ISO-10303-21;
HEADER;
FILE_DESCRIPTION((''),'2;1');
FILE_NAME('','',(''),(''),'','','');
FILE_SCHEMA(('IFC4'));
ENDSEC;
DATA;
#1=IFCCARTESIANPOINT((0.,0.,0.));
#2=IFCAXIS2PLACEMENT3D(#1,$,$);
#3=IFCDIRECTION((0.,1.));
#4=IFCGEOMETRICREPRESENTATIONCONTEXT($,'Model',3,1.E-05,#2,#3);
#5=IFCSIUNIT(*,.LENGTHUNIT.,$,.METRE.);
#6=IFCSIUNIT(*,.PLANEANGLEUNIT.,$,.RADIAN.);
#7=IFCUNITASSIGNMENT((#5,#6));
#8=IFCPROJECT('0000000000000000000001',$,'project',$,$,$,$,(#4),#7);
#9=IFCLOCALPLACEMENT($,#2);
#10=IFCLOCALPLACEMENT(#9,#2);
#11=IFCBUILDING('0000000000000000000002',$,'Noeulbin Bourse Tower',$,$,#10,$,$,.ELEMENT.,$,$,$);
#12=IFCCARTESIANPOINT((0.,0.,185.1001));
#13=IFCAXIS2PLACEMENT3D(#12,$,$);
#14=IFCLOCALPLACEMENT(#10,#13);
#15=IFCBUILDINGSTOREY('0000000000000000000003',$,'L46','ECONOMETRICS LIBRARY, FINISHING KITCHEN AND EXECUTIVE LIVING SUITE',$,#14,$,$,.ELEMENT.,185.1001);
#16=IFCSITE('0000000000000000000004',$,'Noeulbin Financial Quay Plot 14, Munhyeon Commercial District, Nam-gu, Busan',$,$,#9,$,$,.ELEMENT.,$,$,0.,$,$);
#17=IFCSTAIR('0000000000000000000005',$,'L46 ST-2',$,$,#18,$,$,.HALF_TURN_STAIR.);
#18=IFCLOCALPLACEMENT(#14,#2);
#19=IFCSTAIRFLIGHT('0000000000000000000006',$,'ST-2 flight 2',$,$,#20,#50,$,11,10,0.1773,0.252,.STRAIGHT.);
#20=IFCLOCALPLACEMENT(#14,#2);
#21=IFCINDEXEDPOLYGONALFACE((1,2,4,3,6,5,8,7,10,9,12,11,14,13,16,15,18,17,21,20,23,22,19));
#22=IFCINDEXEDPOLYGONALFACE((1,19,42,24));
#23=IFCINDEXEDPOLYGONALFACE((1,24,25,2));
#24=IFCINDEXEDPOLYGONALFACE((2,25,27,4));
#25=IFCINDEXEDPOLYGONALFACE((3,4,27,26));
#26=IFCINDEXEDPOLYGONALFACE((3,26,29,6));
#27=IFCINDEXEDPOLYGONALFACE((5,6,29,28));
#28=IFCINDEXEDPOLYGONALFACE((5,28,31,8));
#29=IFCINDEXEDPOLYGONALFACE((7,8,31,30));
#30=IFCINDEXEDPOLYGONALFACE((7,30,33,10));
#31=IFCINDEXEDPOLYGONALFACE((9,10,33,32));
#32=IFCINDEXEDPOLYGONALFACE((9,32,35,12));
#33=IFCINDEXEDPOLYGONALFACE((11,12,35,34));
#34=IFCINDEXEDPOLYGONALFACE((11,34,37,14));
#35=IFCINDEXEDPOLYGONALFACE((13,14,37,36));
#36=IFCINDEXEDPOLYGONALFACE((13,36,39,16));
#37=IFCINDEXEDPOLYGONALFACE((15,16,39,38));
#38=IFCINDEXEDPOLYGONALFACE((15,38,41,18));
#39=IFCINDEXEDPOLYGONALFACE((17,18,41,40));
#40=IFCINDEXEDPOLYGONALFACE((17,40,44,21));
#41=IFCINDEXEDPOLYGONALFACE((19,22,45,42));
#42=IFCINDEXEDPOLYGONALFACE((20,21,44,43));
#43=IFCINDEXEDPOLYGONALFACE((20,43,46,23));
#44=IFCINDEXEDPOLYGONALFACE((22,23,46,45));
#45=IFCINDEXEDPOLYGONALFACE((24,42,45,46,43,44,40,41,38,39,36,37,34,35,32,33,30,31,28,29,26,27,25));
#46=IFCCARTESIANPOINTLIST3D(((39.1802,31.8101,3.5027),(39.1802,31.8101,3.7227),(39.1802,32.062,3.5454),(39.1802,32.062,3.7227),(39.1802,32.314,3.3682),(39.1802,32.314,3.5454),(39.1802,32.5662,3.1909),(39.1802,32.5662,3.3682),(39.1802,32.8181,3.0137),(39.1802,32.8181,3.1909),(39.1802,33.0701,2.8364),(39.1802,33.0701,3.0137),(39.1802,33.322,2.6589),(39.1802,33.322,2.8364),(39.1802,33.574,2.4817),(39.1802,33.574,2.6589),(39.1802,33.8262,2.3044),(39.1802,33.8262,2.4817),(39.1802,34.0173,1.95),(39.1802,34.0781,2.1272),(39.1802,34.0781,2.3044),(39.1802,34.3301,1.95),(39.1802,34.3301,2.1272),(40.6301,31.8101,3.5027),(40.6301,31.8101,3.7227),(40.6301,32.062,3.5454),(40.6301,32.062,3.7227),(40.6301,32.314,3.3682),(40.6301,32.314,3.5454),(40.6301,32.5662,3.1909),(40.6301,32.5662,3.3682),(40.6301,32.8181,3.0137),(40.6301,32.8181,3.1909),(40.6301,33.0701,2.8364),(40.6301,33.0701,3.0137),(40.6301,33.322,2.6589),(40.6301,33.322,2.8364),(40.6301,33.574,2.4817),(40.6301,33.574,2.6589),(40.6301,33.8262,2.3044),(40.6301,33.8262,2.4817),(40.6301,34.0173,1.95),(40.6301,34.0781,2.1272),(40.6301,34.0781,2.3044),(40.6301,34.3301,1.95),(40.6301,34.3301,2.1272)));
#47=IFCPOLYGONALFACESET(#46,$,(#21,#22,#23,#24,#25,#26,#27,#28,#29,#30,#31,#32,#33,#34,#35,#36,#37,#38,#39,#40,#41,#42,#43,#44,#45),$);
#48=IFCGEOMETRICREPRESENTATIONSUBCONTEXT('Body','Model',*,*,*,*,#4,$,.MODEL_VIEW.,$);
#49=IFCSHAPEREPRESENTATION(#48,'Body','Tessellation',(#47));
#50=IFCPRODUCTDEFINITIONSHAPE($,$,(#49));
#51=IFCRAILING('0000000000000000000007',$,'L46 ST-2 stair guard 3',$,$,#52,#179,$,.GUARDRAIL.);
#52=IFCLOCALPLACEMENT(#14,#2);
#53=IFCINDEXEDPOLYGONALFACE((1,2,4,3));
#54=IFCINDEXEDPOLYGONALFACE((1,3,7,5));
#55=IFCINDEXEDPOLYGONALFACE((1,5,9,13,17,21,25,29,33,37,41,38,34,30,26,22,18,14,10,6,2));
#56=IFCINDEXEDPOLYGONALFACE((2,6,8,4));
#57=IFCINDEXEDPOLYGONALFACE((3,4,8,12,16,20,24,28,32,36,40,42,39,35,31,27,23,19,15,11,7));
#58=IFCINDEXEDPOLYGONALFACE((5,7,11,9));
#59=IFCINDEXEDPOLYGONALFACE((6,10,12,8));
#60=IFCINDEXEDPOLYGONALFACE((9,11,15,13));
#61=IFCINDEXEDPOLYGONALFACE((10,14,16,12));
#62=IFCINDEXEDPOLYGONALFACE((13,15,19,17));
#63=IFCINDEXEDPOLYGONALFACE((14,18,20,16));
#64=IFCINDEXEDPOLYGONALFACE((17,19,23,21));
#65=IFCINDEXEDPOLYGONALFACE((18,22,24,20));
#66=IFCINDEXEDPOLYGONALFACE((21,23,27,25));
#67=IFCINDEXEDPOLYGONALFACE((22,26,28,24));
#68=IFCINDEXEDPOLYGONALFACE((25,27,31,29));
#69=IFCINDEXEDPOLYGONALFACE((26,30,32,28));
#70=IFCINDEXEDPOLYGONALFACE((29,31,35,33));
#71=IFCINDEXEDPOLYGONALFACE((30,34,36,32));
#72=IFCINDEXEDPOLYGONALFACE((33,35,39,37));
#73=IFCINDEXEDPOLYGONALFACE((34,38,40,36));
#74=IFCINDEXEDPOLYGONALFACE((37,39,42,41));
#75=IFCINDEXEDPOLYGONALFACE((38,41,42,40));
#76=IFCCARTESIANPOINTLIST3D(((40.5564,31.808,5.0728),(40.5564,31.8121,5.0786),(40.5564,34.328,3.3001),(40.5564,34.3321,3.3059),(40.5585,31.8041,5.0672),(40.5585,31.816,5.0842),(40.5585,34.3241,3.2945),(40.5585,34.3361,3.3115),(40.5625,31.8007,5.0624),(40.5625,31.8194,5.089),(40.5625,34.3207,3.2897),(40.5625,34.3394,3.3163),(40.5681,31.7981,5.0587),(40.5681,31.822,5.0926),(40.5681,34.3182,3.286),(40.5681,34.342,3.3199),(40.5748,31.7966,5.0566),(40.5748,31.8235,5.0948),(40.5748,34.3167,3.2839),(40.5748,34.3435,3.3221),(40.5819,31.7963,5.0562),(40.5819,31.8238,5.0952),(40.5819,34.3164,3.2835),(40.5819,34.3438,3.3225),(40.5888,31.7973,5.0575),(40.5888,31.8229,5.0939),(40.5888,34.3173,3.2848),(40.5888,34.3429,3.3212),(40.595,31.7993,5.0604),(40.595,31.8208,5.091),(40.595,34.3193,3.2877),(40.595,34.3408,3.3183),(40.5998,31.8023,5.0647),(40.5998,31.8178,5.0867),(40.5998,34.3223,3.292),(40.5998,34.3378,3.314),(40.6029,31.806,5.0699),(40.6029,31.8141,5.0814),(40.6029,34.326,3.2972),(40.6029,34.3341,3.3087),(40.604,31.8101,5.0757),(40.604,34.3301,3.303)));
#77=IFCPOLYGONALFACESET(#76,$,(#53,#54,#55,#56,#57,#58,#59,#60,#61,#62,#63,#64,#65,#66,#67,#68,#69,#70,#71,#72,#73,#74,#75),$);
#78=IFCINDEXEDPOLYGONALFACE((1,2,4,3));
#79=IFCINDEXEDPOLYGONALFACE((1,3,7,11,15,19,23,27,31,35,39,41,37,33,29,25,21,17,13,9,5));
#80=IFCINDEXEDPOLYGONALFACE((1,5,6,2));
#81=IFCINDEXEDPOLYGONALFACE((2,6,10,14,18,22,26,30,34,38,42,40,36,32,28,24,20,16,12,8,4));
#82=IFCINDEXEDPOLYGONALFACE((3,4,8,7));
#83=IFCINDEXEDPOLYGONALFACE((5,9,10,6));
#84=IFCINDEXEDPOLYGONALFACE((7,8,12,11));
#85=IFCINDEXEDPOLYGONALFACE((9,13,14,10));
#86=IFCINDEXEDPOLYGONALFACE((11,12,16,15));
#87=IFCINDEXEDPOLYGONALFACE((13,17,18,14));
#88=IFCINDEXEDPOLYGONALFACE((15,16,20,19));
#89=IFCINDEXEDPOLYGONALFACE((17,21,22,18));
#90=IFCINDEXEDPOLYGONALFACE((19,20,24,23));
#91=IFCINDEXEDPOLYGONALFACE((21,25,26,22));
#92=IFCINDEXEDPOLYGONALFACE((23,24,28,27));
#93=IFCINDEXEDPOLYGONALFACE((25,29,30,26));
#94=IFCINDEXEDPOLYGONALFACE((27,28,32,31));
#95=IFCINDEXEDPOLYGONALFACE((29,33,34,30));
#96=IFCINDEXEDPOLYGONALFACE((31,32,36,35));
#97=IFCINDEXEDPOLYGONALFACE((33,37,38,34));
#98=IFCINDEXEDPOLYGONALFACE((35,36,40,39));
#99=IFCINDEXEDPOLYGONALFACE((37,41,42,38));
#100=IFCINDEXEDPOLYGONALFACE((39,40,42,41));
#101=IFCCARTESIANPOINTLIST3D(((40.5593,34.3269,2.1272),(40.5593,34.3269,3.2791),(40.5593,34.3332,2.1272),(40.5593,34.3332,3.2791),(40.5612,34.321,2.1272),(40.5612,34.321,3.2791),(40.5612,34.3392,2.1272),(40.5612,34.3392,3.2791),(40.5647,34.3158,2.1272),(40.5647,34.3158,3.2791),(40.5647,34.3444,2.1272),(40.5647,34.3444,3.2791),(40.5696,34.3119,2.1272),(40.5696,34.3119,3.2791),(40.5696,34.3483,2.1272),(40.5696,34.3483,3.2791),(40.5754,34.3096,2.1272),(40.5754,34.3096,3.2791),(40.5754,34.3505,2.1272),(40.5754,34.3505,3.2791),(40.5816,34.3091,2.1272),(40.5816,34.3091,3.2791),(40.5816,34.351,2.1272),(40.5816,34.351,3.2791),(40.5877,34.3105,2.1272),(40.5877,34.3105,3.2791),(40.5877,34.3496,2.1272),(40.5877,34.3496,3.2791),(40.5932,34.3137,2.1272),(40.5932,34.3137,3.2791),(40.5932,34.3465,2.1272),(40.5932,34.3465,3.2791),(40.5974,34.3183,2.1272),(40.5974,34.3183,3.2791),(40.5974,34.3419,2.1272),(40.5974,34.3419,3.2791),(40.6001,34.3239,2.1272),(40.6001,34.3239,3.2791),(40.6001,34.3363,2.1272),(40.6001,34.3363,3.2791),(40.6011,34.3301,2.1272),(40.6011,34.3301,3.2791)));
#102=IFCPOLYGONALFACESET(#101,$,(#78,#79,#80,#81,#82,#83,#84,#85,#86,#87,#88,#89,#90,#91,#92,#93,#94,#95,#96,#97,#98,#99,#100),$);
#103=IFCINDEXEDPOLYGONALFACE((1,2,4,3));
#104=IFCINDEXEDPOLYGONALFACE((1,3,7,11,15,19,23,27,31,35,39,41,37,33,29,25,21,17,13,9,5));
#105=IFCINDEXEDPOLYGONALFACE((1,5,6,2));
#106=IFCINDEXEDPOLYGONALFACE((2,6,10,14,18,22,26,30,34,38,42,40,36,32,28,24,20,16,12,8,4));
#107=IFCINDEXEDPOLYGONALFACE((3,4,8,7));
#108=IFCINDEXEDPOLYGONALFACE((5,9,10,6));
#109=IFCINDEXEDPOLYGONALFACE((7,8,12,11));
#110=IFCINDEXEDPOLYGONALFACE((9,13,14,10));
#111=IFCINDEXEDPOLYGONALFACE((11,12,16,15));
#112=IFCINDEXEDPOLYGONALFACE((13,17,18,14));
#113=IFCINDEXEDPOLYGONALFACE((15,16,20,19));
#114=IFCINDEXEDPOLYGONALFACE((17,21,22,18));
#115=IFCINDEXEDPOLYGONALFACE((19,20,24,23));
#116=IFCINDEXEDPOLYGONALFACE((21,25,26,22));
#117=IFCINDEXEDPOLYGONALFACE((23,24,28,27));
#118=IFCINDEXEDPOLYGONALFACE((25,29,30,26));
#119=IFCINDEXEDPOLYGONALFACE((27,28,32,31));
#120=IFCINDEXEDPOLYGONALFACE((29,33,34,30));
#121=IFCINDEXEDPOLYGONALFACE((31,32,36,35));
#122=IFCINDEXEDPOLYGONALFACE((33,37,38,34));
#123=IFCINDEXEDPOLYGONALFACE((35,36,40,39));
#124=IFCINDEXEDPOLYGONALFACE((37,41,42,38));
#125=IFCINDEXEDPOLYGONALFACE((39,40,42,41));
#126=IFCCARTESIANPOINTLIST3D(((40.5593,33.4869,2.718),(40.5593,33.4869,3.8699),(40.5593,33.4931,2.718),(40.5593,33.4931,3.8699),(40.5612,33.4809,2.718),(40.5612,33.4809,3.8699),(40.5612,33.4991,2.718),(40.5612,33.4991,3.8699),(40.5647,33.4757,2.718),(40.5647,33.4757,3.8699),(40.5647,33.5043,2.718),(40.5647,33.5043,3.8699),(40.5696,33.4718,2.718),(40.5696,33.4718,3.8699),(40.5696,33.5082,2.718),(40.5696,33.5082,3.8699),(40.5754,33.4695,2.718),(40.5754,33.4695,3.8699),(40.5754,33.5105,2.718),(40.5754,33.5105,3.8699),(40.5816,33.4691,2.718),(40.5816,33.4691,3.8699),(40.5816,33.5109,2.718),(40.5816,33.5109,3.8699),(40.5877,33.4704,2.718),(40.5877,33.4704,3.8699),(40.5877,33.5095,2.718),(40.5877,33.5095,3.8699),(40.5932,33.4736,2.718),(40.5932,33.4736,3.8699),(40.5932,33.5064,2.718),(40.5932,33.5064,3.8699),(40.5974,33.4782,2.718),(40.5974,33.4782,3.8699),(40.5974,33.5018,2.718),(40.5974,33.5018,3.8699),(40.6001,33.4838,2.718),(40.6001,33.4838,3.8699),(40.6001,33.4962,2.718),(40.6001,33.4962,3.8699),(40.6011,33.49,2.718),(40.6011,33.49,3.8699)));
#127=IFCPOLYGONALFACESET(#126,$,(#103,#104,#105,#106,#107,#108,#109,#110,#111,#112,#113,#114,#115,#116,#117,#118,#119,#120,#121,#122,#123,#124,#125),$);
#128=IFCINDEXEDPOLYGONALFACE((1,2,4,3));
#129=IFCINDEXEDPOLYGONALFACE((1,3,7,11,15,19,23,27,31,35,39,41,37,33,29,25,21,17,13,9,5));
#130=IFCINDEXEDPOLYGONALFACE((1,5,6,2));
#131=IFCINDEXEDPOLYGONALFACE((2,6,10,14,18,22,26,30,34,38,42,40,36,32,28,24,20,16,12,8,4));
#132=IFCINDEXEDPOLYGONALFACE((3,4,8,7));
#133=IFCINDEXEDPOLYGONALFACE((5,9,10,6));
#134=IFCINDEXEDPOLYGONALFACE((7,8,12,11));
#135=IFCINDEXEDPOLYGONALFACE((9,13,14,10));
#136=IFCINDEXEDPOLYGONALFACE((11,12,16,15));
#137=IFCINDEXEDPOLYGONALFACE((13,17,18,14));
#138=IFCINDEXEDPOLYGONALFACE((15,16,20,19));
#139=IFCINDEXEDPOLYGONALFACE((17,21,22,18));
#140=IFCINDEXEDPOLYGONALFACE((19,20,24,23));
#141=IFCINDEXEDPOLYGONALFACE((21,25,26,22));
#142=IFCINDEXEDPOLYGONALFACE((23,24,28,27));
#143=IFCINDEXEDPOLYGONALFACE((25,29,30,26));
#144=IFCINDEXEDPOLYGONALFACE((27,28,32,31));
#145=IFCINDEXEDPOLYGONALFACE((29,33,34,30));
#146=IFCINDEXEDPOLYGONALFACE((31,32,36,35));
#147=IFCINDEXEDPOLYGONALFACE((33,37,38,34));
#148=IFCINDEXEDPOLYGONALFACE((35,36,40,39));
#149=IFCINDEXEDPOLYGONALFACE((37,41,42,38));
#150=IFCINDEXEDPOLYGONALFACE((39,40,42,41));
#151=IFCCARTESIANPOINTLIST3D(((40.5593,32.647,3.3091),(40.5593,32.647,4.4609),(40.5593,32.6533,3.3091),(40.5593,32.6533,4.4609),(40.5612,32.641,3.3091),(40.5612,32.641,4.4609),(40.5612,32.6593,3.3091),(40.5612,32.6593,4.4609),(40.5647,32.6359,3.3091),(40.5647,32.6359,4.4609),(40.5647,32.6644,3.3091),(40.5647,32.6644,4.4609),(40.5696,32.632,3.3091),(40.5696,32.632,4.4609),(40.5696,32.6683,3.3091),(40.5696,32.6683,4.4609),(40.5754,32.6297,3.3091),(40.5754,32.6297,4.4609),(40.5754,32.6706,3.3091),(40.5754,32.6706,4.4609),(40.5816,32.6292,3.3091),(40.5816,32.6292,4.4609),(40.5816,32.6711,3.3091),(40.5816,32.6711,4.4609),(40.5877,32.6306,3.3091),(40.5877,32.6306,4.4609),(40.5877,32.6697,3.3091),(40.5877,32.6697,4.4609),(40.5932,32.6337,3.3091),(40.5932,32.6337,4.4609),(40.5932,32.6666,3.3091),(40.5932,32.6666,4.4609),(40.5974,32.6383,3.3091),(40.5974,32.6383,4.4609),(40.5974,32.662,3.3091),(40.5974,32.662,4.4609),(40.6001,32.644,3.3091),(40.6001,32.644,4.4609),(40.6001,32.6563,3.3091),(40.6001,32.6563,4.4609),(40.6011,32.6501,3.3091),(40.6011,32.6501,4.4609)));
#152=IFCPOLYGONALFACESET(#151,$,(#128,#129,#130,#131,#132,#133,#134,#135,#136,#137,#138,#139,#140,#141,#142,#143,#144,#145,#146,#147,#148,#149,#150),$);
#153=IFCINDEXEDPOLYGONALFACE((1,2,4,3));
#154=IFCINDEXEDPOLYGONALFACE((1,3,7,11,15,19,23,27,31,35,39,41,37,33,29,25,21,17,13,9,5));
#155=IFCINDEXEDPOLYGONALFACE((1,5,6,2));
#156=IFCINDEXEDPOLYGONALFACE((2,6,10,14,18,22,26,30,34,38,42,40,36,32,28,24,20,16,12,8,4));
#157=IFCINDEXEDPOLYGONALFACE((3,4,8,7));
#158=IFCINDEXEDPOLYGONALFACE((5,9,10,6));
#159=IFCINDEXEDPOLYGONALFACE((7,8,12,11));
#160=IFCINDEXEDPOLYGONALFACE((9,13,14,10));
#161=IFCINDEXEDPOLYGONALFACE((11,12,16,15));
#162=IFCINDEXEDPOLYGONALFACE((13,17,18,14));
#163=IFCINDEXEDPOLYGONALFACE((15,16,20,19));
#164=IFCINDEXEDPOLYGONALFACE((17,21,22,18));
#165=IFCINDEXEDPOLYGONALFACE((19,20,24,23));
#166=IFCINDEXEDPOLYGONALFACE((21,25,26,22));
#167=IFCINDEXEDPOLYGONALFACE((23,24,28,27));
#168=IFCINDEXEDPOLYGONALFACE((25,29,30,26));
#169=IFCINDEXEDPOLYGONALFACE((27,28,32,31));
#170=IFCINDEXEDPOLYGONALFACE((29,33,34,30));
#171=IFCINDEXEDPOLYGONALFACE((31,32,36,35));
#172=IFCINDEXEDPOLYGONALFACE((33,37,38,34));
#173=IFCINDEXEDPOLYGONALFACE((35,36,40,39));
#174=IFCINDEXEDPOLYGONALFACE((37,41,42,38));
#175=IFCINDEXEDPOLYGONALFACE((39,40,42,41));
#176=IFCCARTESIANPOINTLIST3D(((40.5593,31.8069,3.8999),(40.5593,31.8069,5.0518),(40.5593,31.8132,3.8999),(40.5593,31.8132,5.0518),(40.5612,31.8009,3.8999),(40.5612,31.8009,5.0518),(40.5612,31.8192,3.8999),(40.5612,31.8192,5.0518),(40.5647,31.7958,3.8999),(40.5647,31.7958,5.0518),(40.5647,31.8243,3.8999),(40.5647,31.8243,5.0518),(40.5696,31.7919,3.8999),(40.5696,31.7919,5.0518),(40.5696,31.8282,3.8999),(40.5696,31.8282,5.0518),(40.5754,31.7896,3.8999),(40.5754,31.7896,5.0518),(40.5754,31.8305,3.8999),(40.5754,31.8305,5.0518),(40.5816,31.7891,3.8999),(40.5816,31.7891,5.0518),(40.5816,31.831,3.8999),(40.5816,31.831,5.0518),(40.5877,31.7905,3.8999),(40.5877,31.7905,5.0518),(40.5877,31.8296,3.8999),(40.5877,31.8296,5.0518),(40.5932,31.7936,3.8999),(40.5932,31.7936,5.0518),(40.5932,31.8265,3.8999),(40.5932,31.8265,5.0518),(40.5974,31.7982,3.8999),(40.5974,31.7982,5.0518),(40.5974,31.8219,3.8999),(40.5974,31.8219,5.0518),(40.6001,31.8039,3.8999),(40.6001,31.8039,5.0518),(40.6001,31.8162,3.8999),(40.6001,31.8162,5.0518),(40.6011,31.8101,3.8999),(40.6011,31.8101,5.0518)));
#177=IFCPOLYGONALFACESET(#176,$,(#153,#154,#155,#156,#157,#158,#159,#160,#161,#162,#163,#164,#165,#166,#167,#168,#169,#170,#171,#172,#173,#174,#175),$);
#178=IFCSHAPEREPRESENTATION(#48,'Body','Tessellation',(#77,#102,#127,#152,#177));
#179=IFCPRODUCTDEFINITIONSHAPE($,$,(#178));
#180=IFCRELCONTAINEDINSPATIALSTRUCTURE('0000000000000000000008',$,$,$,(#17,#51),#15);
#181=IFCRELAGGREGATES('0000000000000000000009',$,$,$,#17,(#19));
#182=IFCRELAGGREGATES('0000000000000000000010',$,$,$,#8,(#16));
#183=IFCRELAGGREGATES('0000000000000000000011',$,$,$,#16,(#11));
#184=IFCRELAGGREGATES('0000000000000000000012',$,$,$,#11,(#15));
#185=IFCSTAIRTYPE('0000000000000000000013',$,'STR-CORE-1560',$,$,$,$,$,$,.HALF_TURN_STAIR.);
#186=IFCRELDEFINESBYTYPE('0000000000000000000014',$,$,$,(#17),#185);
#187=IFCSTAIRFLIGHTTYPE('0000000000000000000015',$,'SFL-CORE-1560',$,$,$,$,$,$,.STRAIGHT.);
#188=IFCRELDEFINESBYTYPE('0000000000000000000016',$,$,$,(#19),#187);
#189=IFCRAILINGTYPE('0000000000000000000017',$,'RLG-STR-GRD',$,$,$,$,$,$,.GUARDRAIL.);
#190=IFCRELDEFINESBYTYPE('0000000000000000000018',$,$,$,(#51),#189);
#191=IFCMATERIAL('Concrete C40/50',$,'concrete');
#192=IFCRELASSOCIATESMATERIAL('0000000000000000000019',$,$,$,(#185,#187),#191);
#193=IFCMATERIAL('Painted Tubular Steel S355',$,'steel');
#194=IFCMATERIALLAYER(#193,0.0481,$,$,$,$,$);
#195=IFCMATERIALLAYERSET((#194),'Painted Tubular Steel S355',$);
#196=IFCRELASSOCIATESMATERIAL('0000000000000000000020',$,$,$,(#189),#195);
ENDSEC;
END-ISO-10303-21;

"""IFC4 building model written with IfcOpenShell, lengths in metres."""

from ifc_helpers import new_model, si_unit, direction, frame, origin, origin_2d, place, context, subcontext, project, spatial, polyline, circle, outline, extrude, material, layer, layer_set, type_object, element, aggregate, save


model = new_model("IFC4")

# Units and contexts
model_context = context("Model", 3, precision=1e-05, world=origin(), true_north=direction((0.0, 1.0)))
body_context = subcontext(model_context, "Body", "Model", "MODEL_VIEW")
ifc_project = project(units=[si_unit("LENGTHUNIT", "METRE"), si_unit("PLANEANGLEUNIT", "RADIAN")], contexts=[model_context])

# Site, building, storey
site_placement = place(None, origin())
site = spatial("IfcSite", under=ifc_project, at=site_placement, Name="Noeulbin Financial Quay Plot 14, Munhyeon Commercial District, Nam-gu, Busan", CompositionType="ELEMENT", RefElevation=0.0)
building_placement = place(site_placement, origin())
building = spatial("IfcBuilding", under=site, at=building_placement, Name="Noeulbin Bourse Tower", CompositionType="ELEMENT")
storey_placement = place(building_placement, frame((0.0, 0.0, 185.1001)))
storey = spatial("IfcBuildingStorey", under=building, at=storey_placement, Name="L46", Description="ECONOMETRICS LIBRARY, FINISHING KITCHEN AND EXECUTIVE LIVING SUITE", CompositionType="ELEMENT", Elevation=185.1001)

# Shared definitions
ifc_material_1 = material(Name="Concrete C40/50", Category="concrete")

# Stair, stair flight
stair_type = type_object("IfcStairType", Name="STR-CORE-1560", PredefinedType="HALF_TURN_STAIR", material=ifc_material_1)
stair_placement = place(storey_placement, origin())
stair = element("IfcStair", 1, at=stair_placement, inside=storey, type_object=stair_type, Name="L46 ST-2", PredefinedType="HALF_TURN_STAIR")
stair_flight_type = type_object("IfcStairFlightType", Name="SFL-CORE-1560", PredefinedType="STRAIGHT", material=ifc_material_1)
stair_flight_placement = place(storey_placement, frame((39.905, 34.3301, 1.95), z_axis=(0.0, 0.0, 1.0), x_axis=(0.0, -1.0, 0.0)))
stair_flight = element("IfcStairFlight", 2, at=stair_flight_placement, type_object=stair_flight_type, Name="ST-2 flight 2", NumberOfRisers=11, NumberOfTreads=10, PredefinedType="STRAIGHT", RiserHeight=0.1773, TreadLength=0.252, context=body_context, shape_type="SweptSolid", body=[
    extrude(outline(polyline([(0.0, 0.0), (0.0, 0.1772), (0.252, 0.1772), (0.252, 0.3545), (0.5039, 0.3545), (0.5039, 0.5317), (0.7561, 0.5317), (0.7561, 0.709), (1.0081, 0.709), (1.0081, 0.8865), (1.26, 0.8865), (1.26, 1.0637), (1.512, 1.0637), (1.512, 1.241), (1.7639, 1.241), (1.7639, 1.4182), (2.0161, 1.4182), (2.0161, 1.5955), (2.2681, 1.5955), (2.2681, 1.7727), (2.52, 1.7727), (2.52, 1.95), (2.52, 1.5527), (0.3127, 0.0), (0.0, 0.0)])), frame((0.0, 0.7251, 0.0), z_axis=(0.0, -1.0, 0.0), x_axis=(1.0, 0.0, 0.0)), (0.0, 0.0, 1.0), 1.45),
])
aggregate(stair, [stair_flight])

# Railing
ifc_material_2 = material(Name="Painted Tubular Steel S355", Category="steel")
ifc_layer_1 = layer(ifc_material_2, 0.0481)
ifc_layer_set_1 = layer_set([ifc_layer_1], Name="Painted Tubular Steel S355")
railing_type_1 = type_object("IfcRailingType", Name="RLG-STR-GRD", PredefinedType="GUARDRAIL", material=ifc_layer_set_1)
railing_1_placement = place(storey_placement, frame((40.5801, 34.3301, 2.1272)))
element("IfcRailing", 3, at=railing_1_placement, inside=storey, type_object=railing_type_1, Name="L46 ST-2 stair guard 3", PredefinedType="GUARDRAIL", context=body_context, shape_type="SweptSolid", body=[
    extrude(circle(Radius=0.0239, at=origin_2d()), frame((0.0, 0.0, 1.1758), z_axis=(0.0, -0.817904, 0.575354), x_axis=(1.0, 0.0, 0.0)), (0.0, 0.0, 1.0), 3.0811),
    extrude(circle(Radius=0.021, at=origin_2d()), origin(), (0.0, 0.0, 1.0), 1.1519),
    extrude(circle(Radius=0.021, at=origin_2d()), frame((0.0, -0.8401, 0.5908)), (0.0, 0.0, 1.0), 1.1519),
    extrude(circle(Radius=0.021, at=origin_2d()), frame((0.0, -1.6799, 1.1819)), (0.0, 0.0, 1.0), 1.1519),
    extrude(circle(Radius=0.021, at=origin_2d()), frame((0.0, -2.52, 1.7727)), (0.0, 0.0, 1.0), 1.1519),
])

save(model, "model.ifc")
